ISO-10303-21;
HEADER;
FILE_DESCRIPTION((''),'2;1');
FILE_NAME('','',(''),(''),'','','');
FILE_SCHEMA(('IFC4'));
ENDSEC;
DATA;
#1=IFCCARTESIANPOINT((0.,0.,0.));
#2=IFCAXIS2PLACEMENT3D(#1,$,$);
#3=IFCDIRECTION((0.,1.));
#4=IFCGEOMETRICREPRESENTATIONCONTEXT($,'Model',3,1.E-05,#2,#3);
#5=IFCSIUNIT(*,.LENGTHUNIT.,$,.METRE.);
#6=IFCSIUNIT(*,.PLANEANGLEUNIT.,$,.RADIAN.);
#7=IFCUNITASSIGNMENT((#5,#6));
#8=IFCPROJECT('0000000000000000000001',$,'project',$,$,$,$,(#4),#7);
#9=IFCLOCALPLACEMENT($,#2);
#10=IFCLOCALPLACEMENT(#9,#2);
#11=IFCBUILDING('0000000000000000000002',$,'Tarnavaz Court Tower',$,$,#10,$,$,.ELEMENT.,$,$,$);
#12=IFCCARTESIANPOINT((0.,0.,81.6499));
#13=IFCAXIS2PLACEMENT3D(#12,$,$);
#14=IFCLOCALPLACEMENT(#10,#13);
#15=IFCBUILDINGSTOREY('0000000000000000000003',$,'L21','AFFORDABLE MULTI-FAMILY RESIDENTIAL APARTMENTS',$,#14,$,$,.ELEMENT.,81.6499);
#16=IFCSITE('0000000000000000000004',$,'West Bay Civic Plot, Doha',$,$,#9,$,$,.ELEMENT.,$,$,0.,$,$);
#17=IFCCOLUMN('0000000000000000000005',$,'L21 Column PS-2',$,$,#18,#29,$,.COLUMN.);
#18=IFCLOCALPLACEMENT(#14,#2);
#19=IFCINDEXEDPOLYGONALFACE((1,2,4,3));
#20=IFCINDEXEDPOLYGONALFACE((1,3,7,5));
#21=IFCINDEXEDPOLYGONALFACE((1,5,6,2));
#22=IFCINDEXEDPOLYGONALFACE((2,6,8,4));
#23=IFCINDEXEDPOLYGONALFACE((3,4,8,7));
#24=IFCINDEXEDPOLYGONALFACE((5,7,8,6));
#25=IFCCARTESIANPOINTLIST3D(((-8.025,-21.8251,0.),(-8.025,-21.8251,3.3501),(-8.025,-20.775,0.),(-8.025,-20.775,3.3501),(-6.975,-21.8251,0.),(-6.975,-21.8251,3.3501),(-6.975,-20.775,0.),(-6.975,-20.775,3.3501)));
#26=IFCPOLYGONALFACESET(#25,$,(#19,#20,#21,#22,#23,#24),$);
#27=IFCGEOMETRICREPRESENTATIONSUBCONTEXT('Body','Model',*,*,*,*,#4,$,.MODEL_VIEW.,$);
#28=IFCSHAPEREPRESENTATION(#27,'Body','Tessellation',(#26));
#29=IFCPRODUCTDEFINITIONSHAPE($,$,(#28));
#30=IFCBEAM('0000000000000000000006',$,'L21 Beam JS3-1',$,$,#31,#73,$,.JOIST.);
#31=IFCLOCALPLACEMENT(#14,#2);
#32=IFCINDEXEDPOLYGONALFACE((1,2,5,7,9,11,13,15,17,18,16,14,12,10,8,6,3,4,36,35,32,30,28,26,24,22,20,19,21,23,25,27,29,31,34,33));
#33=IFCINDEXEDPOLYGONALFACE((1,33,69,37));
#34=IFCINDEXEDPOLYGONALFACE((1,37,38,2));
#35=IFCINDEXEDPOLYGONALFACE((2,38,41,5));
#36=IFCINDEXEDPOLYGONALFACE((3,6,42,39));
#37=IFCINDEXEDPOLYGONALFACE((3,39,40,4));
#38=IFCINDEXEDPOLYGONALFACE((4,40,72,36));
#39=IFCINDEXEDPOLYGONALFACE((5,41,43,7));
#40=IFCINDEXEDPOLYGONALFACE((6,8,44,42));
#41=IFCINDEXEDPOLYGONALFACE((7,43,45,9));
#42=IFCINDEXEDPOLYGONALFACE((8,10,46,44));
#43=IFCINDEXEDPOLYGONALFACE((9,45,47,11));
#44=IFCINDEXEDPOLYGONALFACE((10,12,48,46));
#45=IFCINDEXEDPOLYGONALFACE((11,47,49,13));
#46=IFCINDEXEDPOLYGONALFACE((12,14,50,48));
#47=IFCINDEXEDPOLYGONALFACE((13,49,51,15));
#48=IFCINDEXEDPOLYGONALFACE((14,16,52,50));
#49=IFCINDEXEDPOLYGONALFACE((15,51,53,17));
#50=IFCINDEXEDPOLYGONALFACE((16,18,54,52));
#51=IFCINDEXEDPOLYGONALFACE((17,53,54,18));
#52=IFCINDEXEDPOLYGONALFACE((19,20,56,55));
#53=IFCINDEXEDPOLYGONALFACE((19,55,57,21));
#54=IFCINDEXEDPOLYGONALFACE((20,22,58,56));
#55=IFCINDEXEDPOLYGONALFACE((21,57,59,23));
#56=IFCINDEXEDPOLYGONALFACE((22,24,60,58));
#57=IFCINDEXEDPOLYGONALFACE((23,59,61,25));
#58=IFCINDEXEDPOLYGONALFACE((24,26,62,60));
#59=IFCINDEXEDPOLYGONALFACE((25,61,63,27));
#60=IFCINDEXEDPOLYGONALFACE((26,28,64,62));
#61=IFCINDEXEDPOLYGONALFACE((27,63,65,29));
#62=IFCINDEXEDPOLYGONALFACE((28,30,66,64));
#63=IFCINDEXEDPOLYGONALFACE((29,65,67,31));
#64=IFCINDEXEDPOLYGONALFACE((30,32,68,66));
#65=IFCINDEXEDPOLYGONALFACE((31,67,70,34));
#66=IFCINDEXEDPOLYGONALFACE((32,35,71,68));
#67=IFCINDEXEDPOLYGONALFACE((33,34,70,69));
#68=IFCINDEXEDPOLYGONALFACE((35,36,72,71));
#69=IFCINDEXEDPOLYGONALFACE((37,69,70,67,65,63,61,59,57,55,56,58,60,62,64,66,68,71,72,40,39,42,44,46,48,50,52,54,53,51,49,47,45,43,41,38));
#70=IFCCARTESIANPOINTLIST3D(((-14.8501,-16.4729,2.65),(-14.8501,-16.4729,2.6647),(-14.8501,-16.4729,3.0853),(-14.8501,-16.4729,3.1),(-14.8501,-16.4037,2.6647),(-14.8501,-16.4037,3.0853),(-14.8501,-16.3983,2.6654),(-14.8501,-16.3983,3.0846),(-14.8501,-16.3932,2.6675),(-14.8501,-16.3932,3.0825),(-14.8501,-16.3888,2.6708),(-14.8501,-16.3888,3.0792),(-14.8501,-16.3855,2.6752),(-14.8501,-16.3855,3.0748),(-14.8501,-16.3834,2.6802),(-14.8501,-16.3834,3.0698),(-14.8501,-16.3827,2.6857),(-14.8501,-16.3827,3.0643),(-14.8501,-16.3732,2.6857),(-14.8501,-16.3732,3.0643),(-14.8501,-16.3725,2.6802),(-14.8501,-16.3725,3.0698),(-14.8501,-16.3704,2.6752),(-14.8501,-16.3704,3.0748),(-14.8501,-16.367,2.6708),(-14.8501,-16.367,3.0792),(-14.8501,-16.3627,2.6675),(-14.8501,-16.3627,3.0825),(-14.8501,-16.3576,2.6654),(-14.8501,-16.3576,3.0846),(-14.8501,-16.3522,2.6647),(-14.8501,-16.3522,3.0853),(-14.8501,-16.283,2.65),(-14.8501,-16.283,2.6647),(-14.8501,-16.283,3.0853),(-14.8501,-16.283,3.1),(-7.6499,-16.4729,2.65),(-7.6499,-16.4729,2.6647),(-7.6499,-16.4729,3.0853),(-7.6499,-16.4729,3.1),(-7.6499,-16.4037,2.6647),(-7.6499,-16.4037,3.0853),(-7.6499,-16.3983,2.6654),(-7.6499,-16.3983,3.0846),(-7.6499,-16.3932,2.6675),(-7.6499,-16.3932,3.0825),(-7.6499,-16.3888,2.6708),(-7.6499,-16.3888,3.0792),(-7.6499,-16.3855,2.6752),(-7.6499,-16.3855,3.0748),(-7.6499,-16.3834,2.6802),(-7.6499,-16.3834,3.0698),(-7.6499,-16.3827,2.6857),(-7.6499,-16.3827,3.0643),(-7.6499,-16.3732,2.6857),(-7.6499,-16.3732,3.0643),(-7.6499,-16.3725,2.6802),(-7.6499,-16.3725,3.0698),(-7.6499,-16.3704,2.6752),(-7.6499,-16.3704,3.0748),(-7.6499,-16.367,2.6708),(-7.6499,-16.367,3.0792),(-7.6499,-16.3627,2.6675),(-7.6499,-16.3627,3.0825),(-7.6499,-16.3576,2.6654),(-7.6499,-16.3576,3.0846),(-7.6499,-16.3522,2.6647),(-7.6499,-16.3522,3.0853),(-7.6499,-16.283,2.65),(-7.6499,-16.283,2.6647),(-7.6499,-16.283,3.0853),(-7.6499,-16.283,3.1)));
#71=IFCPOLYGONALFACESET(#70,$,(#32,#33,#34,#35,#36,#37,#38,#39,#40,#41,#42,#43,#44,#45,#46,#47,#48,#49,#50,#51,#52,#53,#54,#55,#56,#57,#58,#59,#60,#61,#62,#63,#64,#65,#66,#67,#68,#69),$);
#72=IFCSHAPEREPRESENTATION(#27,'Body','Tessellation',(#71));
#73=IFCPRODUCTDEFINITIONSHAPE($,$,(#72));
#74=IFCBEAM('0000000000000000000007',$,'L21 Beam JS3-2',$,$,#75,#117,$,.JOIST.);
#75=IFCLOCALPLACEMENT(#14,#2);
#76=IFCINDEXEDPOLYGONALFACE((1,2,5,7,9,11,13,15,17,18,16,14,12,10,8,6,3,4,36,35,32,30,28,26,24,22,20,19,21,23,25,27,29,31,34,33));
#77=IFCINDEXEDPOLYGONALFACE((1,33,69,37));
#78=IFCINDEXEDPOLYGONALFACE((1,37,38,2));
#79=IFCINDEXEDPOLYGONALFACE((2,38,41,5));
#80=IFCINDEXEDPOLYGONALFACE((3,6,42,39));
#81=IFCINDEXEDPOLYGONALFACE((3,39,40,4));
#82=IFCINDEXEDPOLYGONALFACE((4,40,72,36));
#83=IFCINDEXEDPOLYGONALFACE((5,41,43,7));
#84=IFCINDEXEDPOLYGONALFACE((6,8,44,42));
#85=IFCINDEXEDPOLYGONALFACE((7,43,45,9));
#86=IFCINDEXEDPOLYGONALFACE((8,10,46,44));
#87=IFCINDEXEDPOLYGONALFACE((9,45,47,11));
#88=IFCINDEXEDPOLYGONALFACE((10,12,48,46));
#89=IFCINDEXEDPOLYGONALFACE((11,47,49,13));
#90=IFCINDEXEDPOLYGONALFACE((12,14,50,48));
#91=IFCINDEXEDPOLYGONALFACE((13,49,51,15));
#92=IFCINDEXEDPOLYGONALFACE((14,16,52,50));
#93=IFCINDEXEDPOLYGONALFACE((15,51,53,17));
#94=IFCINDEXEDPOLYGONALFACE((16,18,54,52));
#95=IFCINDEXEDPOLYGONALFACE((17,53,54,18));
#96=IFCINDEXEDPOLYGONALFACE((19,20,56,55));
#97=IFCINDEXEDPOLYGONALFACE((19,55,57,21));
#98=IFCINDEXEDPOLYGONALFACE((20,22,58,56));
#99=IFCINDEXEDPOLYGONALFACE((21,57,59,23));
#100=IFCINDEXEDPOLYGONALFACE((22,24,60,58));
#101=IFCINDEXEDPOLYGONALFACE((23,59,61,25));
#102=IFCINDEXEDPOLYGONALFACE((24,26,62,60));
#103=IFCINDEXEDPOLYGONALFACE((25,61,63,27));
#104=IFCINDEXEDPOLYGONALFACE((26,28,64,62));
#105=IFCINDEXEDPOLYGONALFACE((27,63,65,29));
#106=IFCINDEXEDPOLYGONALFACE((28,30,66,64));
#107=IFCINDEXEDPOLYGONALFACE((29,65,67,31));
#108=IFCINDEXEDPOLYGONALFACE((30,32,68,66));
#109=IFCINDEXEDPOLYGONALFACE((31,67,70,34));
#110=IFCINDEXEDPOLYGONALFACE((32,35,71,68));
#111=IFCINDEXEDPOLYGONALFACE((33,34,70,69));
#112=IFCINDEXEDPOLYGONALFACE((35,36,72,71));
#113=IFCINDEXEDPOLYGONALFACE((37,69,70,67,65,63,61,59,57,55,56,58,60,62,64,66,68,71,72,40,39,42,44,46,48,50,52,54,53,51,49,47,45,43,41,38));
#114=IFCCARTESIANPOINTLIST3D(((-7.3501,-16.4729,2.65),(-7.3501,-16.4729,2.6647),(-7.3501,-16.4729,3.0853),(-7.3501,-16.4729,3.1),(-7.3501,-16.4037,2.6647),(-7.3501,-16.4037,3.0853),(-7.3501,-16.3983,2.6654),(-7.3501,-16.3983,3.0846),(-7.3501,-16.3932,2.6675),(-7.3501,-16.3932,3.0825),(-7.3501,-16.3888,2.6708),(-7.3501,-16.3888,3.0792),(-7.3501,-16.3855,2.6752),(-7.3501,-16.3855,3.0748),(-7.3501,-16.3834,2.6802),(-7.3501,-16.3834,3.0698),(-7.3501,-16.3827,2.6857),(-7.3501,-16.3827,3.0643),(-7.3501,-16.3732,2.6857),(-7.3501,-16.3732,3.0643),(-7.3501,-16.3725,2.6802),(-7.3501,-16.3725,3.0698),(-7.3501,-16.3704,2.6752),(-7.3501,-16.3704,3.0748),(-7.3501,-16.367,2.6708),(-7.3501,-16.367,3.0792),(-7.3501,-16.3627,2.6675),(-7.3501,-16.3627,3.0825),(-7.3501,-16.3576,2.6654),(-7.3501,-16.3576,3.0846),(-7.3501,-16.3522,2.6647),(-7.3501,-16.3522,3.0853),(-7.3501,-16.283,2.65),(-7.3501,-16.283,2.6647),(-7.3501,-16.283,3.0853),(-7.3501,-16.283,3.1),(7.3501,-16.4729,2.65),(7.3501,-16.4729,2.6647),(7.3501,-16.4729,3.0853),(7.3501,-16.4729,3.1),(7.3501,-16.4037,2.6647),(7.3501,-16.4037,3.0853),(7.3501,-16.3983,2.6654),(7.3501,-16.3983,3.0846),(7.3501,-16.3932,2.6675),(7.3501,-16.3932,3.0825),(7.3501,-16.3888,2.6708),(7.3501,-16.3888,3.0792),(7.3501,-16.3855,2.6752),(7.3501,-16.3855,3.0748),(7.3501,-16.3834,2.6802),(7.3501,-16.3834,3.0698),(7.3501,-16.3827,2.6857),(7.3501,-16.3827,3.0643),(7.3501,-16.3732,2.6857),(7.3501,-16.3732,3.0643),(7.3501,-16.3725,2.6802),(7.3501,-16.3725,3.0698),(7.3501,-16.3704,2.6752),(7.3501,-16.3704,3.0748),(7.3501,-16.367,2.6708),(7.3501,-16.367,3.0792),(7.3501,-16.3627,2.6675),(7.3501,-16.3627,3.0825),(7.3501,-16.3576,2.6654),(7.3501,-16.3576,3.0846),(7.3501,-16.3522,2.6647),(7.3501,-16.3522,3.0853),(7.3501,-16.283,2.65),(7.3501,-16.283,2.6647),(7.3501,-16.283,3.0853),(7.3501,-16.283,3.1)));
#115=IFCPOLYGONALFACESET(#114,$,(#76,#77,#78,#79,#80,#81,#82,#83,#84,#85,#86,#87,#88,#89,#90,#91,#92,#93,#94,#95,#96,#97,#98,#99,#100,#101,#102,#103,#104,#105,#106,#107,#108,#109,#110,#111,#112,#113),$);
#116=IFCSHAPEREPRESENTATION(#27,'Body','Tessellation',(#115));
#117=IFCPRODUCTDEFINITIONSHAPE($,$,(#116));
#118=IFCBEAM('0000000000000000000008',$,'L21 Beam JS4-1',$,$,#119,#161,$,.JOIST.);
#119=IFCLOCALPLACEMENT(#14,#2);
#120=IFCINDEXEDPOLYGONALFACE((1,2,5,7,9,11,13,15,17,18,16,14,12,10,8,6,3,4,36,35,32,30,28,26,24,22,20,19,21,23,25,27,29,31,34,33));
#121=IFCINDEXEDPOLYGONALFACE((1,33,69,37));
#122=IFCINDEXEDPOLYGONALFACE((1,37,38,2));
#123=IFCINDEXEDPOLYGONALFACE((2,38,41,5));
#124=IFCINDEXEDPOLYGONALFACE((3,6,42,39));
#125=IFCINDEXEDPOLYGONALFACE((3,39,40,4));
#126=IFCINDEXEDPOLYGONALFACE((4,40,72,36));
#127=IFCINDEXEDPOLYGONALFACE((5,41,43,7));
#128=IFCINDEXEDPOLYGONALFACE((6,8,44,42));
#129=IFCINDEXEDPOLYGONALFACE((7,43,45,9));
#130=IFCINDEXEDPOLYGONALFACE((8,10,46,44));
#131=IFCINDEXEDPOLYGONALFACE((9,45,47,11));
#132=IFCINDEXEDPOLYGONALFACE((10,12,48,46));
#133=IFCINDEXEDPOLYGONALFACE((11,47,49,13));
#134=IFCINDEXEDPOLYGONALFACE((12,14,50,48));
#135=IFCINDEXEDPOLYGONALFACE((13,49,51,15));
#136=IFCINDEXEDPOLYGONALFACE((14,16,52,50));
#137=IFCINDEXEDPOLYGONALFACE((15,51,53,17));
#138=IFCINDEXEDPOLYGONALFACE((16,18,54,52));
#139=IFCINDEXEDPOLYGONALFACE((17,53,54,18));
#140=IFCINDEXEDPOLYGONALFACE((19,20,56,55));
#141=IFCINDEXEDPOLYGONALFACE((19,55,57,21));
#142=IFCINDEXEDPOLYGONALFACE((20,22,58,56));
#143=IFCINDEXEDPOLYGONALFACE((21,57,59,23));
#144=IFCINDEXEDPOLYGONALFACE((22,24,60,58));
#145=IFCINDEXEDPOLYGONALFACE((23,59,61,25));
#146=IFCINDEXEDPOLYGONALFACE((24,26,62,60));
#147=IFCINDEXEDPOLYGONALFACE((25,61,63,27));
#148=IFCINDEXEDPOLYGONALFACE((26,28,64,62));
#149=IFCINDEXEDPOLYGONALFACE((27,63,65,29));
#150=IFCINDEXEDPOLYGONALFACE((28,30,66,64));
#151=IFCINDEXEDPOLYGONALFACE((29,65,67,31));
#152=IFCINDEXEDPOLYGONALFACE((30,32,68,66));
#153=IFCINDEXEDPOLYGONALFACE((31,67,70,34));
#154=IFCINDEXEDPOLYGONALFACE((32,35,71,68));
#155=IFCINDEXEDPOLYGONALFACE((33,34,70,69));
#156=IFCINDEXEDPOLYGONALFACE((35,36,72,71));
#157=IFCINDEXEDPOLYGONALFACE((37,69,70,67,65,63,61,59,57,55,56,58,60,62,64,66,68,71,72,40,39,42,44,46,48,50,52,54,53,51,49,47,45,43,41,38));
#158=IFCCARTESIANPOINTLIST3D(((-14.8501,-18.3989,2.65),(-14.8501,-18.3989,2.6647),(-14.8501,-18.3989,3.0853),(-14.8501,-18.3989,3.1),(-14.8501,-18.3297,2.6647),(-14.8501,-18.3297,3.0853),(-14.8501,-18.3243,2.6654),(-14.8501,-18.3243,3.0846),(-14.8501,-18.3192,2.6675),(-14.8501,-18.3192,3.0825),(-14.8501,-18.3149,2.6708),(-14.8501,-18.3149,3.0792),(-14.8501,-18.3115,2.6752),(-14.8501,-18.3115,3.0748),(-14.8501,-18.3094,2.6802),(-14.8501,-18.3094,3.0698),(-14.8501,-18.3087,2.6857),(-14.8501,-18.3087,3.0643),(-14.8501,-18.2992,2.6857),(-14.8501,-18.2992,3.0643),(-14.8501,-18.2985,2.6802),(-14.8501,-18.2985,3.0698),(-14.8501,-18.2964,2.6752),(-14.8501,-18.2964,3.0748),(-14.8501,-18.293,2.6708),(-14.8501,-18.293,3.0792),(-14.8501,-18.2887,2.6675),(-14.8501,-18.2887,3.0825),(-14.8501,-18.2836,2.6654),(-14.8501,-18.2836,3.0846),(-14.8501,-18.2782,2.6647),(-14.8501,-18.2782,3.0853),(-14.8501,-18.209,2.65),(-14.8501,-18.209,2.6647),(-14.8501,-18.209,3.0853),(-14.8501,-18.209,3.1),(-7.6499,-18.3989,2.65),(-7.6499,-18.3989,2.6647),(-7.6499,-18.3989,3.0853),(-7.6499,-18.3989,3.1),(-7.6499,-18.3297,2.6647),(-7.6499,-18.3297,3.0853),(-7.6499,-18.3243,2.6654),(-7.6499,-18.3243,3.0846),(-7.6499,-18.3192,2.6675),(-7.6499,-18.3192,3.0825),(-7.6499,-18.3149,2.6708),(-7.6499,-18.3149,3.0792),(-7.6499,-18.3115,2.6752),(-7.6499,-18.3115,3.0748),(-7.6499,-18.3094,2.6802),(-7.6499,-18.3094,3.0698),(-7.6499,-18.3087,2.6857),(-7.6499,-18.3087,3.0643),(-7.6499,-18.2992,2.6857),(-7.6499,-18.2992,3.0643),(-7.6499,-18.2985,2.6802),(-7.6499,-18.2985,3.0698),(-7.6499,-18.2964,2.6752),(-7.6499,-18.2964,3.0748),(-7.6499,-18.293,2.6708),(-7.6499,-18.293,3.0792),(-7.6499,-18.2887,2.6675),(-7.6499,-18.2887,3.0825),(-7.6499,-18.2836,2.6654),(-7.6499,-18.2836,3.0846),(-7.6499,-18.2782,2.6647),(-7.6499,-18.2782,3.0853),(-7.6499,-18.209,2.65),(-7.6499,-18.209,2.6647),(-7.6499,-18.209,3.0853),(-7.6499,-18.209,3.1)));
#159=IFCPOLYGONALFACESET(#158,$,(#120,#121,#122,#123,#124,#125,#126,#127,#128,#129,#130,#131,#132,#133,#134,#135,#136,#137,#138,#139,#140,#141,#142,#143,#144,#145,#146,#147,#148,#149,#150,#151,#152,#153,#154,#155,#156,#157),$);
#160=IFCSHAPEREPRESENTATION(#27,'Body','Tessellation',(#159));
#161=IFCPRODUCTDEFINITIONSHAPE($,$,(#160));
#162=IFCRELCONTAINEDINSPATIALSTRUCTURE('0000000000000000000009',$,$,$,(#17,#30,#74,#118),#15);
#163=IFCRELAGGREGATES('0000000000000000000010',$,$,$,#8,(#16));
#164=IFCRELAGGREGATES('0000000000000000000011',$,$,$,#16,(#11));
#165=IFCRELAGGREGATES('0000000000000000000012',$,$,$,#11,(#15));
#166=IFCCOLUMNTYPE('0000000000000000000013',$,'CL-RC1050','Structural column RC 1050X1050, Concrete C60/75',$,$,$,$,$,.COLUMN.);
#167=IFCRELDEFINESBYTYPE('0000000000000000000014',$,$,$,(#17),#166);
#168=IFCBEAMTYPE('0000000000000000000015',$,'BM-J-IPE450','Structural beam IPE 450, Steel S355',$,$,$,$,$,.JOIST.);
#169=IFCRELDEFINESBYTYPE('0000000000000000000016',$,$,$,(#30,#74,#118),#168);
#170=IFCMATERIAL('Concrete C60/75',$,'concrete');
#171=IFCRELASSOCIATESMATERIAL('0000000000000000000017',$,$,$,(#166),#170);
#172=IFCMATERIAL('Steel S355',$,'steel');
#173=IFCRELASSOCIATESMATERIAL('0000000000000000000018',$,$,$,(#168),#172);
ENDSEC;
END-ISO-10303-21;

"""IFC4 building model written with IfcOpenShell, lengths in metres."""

from ifc_helpers import new_model, si_unit, direction, frame, origin, origin_2d, place, context, subcontext, project, spatial, rectangle, i_section, extrude, material, material_profile, profile_set, type_object, element, save


model = new_model("IFC4")

# Units and contexts
model_context = context("Model", 3, precision=1e-05, world=origin(), true_north=direction((0.0, 1.0)))
body_context = subcontext(model_context, "Body", "Model", "MODEL_VIEW")
ifc_project = project(units=[si_unit("LENGTHUNIT", "METRE"), si_unit("PLANEANGLEUNIT", "RADIAN")], contexts=[model_context])

# Site, building, storey
site_placement = place(None, origin())
site = spatial("IfcSite", under=ifc_project, at=site_placement, Name="West Bay Civic Plot, Doha", CompositionType="ELEMENT", RefElevation=0.0)
building_placement = place(site_placement, origin())
building = spatial("IfcBuilding", under=site, at=building_placement, Name="Tarnavaz Court Tower", CompositionType="ELEMENT")
storey_placement = place(building_placement, frame((0.0, 0.0, 81.6499)))
storey = spatial("IfcBuildingStorey", under=building, at=storey_placement, Name="L21", Description="AFFORDABLE MULTI-FAMILY RESIDENTIAL APARTMENTS", CompositionType="ELEMENT", Elevation=81.6499)

# Column
ifc_material_1 = material(Name="Concrete C60/75", Category="concrete")
ifc_material_profile_1 = material_profile(ifc_material_1, rectangle(XDim=1.05, YDim=1.05, at=origin_2d()), Name="RC 1050X1050")
ifc_profile_set_1 = profile_set([ifc_material_profile_1], Name="Concrete C60/75")
column_type = type_object("IfcColumnType", Name="CL-RC1050", Description="Structural column RC 1050X1050, Concrete C60/75", PredefinedType="COLUMN", material=ifc_profile_set_1)
column_placement = place(storey_placement, frame((-7.5, -21.3, 0.0), z_axis=(0.0, 0.0, 1.0), x_axis=(1.0, 0.0, 0.0)))
element("IfcColumn", 1, at=column_placement, inside=storey, type_object=column_type, Name="L21 Column PS-2", PredefinedType="COLUMN", context=body_context, shape_type="SweptSolid", body=[
    extrude(rectangle(XDim=1.05, YDim=1.05, at=origin_2d()), origin(), (0.0, 0.0, 1.0), 3.3501),
])

# Beams
ifc_material_2 = material(Name="Steel S355", Category="steel")
ifc_material_profile_2 = material_profile(ifc_material_2, i_section(OverallWidth=0.1899, OverallDepth=0.45, WebThickness=0.0095, FlangeThickness=0.0146, FilletRadius=0.021, at=origin_2d()), Name="IPE 450")
ifc_profile_set_2 = profile_set([ifc_material_profile_2], Name="Steel S355")
beam_type_1 = type_object("IfcBeamType", Name="BM-J-IPE450", Description="Structural beam IPE 450, Steel S355", PredefinedType="JOIST", material=ifc_profile_set_2)
beam_1_placement = place(storey_placement, frame((-14.8501, -16.3779, 2.875), z_axis=(1.0, 0.0, 0.0), x_axis=(0.0, 1.0, 0.0)))
element("IfcBeam", 2, at=beam_1_placement, inside=storey, type_object=beam_type_1, Name="L21 Beam JS3-1", PredefinedType="JOIST", context=body_context, shape_type="SweptSolid", body=[
    extrude(i_section(OverallWidth=0.1899, OverallDepth=0.45, WebThickness=0.0095, FlangeThickness=0.0146, FilletRadius=0.021, at=origin_2d()), origin(), (0.0, 0.0, 1.0), 7.2002),
])
beam_2_placement = place(storey_placement, frame((-7.3501, -16.3779, 2.875), z_axis=(1.0, 0.0, 0.0), x_axis=(0.0, 1.0, 0.0)))
element("IfcBeam", 3, at=beam_2_placement, inside=storey, type_object=beam_type_1, Name="L21 Beam JS3-2", PredefinedType="JOIST", context=body_context, shape_type="SweptSolid", body=[
    extrude(i_section(OverallWidth=0.1899, OverallDepth=0.45, WebThickness=0.0095, FlangeThickness=0.0146, FilletRadius=0.021, at=origin_2d()), origin(), (0.0, 0.0, 1.0), 14.7002),
])
beam_3_placement = place(storey_placement, frame((-14.8501, -18.304, 2.875), z_axis=(1.0, 0.0, 0.0), x_axis=(0.0, 1.0, 0.0)))
element("IfcBeam", 4, at=beam_3_placement, inside=storey, type_object=beam_type_1, Name="L21 Beam JS4-1", PredefinedType="JOIST", context=body_context, shape_type="SweptSolid", body=[
    extrude(i_section(OverallWidth=0.1899, OverallDepth=0.45, WebThickness=0.0095, FlangeThickness=0.0146, FilletRadius=0.021, at=origin_2d()), origin(), (0.0, 0.0, 1.0), 7.2002),
])

save(model, "model.ifc")
